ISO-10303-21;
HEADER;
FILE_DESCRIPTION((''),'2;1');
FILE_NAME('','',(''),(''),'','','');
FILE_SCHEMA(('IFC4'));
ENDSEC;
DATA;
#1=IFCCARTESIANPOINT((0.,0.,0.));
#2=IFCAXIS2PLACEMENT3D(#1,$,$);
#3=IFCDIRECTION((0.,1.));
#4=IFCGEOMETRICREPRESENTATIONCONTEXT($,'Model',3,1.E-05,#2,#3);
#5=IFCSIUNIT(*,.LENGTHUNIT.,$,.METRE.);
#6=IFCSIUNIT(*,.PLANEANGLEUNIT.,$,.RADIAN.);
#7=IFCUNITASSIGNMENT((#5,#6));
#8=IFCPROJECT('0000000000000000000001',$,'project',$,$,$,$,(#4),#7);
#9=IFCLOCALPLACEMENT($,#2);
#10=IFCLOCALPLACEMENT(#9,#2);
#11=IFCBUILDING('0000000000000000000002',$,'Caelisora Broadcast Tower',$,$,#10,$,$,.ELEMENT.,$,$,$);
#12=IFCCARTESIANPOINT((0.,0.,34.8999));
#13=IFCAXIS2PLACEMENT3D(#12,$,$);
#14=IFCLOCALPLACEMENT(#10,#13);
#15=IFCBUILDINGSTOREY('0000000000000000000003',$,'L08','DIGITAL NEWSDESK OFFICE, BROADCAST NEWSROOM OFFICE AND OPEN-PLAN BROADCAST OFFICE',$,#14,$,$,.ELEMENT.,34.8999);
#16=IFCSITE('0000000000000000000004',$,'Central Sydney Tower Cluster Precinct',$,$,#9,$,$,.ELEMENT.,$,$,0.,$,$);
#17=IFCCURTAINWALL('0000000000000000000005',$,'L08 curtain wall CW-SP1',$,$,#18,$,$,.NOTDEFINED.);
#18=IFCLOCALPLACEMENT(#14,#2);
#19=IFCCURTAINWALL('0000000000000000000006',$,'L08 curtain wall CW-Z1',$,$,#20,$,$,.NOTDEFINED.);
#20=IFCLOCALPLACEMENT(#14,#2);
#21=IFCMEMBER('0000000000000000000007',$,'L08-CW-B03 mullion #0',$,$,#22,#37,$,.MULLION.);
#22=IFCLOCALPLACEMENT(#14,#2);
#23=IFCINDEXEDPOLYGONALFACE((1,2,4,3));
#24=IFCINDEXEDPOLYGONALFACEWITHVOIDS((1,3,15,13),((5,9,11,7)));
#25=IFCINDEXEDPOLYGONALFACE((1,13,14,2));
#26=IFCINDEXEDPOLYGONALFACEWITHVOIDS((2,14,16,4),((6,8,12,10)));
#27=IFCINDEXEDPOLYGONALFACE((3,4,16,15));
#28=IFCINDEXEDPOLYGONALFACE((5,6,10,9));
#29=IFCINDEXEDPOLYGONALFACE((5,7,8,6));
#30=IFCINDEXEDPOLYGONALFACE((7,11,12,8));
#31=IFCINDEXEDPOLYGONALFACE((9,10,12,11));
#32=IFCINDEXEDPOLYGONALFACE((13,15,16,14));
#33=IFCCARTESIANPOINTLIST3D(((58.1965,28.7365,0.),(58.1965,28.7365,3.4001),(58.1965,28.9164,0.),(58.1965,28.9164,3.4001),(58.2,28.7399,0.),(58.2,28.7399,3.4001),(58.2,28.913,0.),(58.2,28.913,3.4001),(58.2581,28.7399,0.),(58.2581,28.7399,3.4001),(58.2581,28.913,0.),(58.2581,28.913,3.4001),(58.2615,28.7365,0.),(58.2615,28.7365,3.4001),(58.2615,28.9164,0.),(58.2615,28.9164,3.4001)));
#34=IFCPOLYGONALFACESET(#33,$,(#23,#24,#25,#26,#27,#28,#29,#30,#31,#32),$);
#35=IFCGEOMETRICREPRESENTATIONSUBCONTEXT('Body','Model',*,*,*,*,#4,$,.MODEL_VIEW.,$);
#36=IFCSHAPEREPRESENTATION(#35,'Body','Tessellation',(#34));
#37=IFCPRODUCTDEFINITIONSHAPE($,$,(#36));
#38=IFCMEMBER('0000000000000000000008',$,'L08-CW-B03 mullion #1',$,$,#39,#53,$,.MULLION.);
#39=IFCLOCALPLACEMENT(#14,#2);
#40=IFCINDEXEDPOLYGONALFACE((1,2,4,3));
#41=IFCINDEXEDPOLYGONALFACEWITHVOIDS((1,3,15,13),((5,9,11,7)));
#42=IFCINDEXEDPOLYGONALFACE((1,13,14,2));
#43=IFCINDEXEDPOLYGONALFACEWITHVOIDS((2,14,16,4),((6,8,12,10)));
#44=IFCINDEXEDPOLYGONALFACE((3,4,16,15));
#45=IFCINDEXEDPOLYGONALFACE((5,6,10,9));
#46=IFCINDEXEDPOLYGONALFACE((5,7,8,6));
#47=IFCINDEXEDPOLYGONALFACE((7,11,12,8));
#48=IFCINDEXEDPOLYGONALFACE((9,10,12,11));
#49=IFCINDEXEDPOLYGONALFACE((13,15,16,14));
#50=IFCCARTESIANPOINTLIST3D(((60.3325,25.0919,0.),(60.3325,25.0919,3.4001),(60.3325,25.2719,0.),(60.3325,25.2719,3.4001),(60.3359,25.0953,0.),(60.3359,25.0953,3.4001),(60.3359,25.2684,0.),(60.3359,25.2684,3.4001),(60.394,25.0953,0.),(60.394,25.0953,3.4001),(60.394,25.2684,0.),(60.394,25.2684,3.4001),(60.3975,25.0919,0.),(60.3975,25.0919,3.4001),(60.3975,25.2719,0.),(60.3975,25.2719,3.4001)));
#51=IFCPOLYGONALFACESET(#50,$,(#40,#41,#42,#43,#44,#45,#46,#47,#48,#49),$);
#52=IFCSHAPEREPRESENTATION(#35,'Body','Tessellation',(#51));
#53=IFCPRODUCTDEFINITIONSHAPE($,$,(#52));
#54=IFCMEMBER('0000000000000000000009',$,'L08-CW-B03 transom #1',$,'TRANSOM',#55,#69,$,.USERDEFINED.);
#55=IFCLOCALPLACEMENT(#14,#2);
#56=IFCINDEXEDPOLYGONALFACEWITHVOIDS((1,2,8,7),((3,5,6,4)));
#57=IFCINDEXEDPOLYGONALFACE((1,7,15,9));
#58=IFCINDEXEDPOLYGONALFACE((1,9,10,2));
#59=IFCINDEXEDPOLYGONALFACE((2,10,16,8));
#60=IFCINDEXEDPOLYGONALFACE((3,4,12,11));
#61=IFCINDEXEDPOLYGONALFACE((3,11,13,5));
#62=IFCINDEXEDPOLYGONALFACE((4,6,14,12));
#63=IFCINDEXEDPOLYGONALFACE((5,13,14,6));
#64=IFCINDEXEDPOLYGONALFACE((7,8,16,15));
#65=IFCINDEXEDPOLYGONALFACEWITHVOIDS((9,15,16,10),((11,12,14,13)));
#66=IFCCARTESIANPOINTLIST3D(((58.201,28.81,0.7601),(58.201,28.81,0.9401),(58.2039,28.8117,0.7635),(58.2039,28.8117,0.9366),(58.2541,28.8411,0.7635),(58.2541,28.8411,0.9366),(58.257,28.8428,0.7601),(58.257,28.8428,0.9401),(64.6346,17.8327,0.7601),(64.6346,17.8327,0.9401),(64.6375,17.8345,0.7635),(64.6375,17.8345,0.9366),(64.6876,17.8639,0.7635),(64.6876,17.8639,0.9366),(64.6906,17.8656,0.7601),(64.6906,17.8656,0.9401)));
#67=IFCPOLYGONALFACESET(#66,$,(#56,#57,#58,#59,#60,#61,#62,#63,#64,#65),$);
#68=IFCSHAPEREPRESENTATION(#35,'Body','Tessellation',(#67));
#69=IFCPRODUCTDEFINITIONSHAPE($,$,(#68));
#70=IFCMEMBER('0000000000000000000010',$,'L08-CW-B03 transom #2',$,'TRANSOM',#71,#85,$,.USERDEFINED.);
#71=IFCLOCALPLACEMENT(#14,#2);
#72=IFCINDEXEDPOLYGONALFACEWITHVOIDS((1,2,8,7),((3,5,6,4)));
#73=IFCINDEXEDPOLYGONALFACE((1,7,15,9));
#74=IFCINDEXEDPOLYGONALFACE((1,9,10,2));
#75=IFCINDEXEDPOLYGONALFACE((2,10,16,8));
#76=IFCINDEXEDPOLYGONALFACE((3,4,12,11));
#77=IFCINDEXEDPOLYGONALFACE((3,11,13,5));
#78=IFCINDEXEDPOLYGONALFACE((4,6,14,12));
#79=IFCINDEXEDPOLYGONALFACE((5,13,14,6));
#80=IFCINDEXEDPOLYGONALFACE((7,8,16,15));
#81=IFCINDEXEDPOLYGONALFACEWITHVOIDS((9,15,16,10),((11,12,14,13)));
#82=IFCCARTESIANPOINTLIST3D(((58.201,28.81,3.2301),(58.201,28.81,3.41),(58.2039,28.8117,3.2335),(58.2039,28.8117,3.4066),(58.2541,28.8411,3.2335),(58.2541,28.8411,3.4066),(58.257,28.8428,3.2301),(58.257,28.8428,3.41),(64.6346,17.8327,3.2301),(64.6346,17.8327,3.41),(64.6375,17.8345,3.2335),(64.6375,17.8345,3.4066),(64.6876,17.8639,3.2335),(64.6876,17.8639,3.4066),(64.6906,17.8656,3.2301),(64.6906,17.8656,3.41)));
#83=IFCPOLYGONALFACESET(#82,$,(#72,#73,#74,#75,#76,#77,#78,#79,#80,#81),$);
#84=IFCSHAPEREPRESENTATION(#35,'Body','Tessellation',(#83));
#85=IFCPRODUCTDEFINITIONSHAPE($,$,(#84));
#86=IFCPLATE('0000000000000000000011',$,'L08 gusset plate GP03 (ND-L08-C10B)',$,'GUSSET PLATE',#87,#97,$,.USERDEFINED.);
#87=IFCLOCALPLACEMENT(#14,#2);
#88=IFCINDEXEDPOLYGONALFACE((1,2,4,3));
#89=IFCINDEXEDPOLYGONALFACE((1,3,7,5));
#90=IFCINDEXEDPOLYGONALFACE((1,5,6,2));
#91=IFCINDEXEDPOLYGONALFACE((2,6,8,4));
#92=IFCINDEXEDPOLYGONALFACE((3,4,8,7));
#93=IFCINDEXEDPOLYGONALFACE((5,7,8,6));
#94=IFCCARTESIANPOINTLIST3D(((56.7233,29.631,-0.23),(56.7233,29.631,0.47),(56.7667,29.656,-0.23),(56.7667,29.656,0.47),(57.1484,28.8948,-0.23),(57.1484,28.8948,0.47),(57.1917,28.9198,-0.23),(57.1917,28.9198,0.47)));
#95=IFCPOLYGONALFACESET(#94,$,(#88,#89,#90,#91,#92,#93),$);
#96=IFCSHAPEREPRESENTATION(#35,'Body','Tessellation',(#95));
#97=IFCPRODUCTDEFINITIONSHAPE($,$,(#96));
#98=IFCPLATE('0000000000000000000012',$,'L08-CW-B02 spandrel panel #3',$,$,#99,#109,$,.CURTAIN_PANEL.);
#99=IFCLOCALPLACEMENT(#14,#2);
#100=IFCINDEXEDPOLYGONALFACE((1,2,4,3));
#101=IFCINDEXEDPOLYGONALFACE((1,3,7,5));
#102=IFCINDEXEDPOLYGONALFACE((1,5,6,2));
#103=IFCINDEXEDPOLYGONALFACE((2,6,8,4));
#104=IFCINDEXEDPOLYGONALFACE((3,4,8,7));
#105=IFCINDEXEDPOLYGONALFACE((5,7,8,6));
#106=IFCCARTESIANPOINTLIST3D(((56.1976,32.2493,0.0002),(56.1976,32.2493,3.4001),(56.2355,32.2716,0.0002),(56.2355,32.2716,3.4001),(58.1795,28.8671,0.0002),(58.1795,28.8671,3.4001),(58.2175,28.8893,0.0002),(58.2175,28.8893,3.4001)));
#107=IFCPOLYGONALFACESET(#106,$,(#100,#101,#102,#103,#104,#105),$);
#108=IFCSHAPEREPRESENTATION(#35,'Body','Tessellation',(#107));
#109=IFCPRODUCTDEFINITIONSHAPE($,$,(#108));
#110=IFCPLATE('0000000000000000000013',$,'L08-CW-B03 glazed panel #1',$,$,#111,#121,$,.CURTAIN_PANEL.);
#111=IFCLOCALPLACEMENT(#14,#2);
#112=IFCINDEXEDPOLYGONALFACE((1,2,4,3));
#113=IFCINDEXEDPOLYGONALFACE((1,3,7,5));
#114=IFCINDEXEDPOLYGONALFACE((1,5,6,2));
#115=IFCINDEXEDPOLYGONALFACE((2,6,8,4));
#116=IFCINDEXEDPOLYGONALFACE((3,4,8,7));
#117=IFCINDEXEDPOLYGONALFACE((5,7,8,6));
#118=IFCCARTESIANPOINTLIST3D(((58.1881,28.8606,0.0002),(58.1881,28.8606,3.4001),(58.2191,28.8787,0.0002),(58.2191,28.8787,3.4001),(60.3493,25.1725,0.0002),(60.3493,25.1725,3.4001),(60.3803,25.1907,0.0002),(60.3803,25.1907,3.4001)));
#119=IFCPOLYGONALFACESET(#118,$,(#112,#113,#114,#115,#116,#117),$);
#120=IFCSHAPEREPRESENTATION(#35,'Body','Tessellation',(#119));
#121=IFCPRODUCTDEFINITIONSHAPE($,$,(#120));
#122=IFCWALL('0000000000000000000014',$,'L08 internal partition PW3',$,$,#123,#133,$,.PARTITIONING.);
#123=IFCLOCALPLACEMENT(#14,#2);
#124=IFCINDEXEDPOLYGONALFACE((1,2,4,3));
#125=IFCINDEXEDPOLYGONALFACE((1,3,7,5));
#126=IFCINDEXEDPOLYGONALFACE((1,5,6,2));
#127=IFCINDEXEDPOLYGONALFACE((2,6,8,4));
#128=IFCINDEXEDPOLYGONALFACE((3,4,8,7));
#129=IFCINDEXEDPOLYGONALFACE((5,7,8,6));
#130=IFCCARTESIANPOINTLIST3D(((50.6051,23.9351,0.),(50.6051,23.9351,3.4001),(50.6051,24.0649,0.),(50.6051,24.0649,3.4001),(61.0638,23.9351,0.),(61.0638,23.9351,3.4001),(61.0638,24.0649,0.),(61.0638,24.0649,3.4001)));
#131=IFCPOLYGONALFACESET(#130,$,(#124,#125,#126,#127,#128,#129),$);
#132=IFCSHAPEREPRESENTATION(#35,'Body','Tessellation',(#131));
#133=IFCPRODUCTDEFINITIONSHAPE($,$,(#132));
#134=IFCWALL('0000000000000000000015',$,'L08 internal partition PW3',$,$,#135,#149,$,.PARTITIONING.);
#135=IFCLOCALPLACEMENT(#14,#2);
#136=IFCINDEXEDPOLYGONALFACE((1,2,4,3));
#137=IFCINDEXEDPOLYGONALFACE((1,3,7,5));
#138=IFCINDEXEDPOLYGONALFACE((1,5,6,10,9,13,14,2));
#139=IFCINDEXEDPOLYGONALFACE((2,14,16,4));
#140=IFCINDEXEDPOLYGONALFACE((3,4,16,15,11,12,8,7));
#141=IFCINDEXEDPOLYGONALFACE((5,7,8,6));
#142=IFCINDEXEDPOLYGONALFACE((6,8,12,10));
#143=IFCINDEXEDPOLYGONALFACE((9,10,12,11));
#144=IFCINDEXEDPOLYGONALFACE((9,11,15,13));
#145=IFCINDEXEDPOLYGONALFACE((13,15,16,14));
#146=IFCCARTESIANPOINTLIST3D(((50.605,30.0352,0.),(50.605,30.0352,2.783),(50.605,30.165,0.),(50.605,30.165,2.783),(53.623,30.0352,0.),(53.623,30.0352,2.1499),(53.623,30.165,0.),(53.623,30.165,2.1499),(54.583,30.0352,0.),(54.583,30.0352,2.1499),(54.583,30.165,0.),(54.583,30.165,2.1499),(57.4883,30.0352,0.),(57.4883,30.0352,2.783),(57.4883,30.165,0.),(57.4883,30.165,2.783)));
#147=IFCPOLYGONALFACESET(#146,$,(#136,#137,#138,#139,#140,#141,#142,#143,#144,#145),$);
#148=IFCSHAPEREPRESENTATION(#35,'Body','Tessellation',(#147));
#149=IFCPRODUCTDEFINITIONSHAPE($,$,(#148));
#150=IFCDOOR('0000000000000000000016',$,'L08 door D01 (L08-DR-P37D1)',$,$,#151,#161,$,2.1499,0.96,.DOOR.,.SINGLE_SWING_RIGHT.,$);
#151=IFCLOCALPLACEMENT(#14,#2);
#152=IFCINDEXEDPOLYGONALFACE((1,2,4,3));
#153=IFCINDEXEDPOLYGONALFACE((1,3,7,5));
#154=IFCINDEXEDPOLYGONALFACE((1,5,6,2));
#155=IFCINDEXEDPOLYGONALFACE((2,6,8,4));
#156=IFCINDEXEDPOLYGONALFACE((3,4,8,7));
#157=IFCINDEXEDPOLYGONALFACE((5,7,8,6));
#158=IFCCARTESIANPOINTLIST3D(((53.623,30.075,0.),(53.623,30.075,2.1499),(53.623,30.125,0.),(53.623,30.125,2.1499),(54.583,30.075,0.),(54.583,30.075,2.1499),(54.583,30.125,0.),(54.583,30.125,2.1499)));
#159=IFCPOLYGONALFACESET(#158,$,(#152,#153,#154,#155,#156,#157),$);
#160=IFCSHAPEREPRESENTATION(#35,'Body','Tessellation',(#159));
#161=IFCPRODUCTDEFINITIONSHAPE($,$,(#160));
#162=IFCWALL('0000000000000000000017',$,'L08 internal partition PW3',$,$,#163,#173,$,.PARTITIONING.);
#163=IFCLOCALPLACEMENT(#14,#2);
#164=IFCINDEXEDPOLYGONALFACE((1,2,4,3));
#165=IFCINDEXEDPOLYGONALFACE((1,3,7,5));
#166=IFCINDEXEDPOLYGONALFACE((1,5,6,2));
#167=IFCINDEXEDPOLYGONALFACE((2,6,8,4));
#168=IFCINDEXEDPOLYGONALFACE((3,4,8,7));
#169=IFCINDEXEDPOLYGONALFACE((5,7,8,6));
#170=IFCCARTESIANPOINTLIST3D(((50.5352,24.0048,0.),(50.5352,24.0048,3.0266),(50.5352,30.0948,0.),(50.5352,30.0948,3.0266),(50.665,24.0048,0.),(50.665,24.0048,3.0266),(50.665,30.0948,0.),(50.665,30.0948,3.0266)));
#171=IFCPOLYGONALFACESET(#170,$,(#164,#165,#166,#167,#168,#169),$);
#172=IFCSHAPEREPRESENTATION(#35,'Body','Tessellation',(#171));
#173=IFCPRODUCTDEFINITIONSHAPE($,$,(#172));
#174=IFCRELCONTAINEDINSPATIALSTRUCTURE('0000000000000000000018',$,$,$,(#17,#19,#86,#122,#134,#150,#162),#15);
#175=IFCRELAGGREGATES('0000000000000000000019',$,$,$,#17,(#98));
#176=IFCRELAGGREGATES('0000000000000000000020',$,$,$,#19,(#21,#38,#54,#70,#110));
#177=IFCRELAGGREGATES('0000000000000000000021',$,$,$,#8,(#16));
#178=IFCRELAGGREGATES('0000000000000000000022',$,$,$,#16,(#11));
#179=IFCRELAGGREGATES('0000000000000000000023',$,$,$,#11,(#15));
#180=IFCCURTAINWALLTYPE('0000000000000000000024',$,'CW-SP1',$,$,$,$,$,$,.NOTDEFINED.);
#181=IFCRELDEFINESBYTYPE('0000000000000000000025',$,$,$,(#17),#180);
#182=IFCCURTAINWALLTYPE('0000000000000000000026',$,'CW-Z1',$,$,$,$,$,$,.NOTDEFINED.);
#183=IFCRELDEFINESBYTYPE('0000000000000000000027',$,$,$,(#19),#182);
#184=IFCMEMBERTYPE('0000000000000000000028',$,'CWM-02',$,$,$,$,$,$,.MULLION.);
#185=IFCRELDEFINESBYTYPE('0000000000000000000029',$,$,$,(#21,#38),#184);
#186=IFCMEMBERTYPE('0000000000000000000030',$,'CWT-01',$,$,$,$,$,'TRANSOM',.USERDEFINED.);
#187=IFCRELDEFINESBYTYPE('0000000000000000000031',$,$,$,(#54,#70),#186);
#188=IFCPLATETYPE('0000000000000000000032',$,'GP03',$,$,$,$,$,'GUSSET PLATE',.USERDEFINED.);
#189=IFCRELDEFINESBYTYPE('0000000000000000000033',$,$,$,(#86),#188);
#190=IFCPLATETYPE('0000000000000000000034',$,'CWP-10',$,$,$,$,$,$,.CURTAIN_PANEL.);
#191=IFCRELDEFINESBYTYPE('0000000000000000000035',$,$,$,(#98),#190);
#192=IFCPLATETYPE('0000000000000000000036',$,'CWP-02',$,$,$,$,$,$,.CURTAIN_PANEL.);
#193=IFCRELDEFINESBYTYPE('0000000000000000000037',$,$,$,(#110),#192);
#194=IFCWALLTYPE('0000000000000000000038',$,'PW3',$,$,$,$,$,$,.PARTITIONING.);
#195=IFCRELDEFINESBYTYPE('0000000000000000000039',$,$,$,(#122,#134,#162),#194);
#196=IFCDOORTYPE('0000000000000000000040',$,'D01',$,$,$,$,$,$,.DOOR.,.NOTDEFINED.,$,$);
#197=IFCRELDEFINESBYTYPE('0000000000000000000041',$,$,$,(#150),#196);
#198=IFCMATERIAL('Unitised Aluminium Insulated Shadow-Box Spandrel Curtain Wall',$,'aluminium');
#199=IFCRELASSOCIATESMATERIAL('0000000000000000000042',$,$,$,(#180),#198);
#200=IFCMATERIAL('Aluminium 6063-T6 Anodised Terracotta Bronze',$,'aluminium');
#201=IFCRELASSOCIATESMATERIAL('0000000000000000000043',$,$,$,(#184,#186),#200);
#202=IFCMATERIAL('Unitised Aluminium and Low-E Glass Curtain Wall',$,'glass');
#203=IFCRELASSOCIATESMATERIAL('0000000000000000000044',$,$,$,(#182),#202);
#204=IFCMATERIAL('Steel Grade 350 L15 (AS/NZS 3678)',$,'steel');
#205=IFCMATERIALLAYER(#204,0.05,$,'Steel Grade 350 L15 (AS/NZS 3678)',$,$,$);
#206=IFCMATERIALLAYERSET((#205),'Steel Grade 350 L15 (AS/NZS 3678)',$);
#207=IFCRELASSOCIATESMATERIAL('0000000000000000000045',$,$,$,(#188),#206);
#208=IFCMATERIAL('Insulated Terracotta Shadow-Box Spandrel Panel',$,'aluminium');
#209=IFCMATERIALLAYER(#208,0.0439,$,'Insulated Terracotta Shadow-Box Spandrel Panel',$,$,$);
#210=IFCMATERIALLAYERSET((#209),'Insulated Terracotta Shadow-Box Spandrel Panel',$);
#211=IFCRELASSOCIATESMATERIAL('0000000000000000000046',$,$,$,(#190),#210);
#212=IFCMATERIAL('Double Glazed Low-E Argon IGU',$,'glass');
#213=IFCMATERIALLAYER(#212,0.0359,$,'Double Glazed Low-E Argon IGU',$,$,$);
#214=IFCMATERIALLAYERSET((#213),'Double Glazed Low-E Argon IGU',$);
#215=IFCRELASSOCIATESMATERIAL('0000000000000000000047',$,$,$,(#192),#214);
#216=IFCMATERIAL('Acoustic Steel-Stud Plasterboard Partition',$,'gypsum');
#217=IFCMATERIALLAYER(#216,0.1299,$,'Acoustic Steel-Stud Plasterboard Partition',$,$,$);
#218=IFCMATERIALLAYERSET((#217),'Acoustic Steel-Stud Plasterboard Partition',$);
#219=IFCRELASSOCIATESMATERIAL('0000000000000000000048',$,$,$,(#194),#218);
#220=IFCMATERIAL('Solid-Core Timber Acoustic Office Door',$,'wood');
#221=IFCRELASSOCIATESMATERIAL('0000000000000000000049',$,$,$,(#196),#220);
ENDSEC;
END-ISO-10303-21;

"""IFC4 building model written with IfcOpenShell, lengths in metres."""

from ifc_helpers import new_model, si_unit, direction, frame, frame_2d, origin, origin_2d, place, context, subcontext, project, spatial, rectangle, hollow_rectangle, extrude, source, transform, mapped, material, layer, layer_set, material_profile, profile_set, type_object, type_shapes, element, fill, aggregate, save


model = new_model("IFC4")

# Units and contexts
model_context = context("Model", 3, precision=1e-05, world=origin(), true_north=direction((0.0, 1.0)))
body_context = subcontext(model_context, "Body", "Model", "MODEL_VIEW")
ifc_project = project(units=[si_unit("LENGTHUNIT", "METRE"), si_unit("PLANEANGLEUNIT", "RADIAN")], contexts=[model_context])

# Site, building, storey
site_placement = place(None, origin())
site = spatial("IfcSite", under=ifc_project, at=site_placement, Name="Central Sydney Tower Cluster Precinct", CompositionType="ELEMENT", RefElevation=0.0)
building_placement = place(site_placement, origin())
building = spatial("IfcBuilding", under=site, at=building_placement, Name="Caelisora Broadcast Tower", CompositionType="ELEMENT")
storey_placement = place(building_placement, frame((0.0, 0.0, 34.8999)))
storey = spatial("IfcBuildingStorey", under=building, at=storey_placement, Name="L08", Description="DIGITAL NEWSDESK OFFICE, BROADCAST NEWSROOM OFFICE AND OPEN-PLAN BROADCAST OFFICE", CompositionType="ELEMENT", Elevation=34.8999)

# Shared definitions
ifc_material_1 = material(Name="Steel Grade 350 L15 (AS/NZS 3678)", Category="steel")

# Curtain wall
ifc_material_2 = material(Name="Unitised Aluminium Insulated Shadow-Box Spandrel Curtain Wall", Category="aluminium")
curtain_wall_type_1 = type_object("IfcCurtainWallType", Name="CW-SP1", PredefinedType="NOTDEFINED", material=ifc_material_2)
curtain_wall_1_placement = place(storey_placement, origin())
curtain_wall_1 = element("IfcCurtainWall", 1, at=curtain_wall_1_placement, inside=storey, type_object=curtain_wall_type_1, Name="L08 curtain wall CW-SP1", PredefinedType="NOTDEFINED")
ifc_material_3 = material(Name="Aluminium 6063-T6 Anodised Terracotta Bronze", Category="aluminium")
ifc_material_profile_1 = material_profile(ifc_material_3, hollow_rectangle(XDim=0.0649, YDim=0.1799, WallThickness=0.0034, at=origin_2d()), Name="Aluminium 6063-T6 Anodised Terracotta Bronze")
ifc_profile_set_1 = profile_set([ifc_material_profile_1], Name="Aluminium 6063-T6 Anodised Terracotta Bronze")
member_type_1 = type_object("IfcMemberType", Name="CWM-02", PredefinedType="MULLION", material=ifc_profile_set_1)
shared_shape_1 = source(origin(), body_context, "Body", "SweptSolid", [
    extrude(hollow_rectangle(XDim=0.0649, YDim=0.1799, WallThickness=0.0034, at=origin_2d()), origin(), (0.0, 0.0, 1.0), 3.4001),
])
type_shapes(member_type_1, [shared_shape_1])

# Curtain wall, members
ifc_material_4 = material(Name="Unitised Aluminium and Low-E Glass Curtain Wall", Category="glass")
curtain_wall_type_2 = type_object("IfcCurtainWallType", Name="CW-Z1", PredefinedType="NOTDEFINED", material=ifc_material_4)
curtain_wall_2_placement = place(storey_placement, origin())
curtain_wall_2 = element("IfcCurtainWall", 2, at=curtain_wall_2_placement, inside=storey, type_object=curtain_wall_type_2, Name="L08 curtain wall CW-Z1", PredefinedType="NOTDEFINED")
member_1_placement = place(storey_placement, frame((58.229, 28.8264, 0.0), z_axis=(0.0, 0.0, 1.0), x_axis=(1.0, 0.0, 0.0)))
member_1 = element("IfcMember", 3, at=member_1_placement, type_object=member_type_1, Name="L08-CW-B03 mullion #0", PredefinedType="MULLION", context=body_context, shape_type="MappedRepresentation", body=[
    mapped(shared_shape_1, transform((0.0, 0.0, 0.0), scale=1.0)),
])
member_2_placement = place(storey_placement, frame((60.365, 25.1819, 0.0), z_axis=(0.0, 0.0, 1.0), x_axis=(1.0, 0.0, 0.0)))
member_2 = element("IfcMember", 4, at=member_2_placement, type_object=member_type_1, Name="L08-CW-B03 mullion #1", PredefinedType="MULLION", context=body_context, shape_type="MappedRepresentation", body=[
    mapped(shared_shape_1, transform((0.0, 0.0, 0.0), scale=1.0)),
])
ifc_material_profile_2 = material_profile(ifc_material_3, hollow_rectangle(XDim=0.0649, YDim=0.1799, WallThickness=0.0034, at=origin_2d()), Name="Aluminium 6063-T6 Anodised Terracotta Bronze")
ifc_profile_set_2 = profile_set([ifc_material_profile_2], Name="Aluminium 6063-T6 Anodised Terracotta Bronze")
member_type_2 = type_object("IfcMemberType", Name="CWT-01", ElementType="TRANSOM", PredefinedType="USERDEFINED", material=ifc_profile_set_2)
shared_shape_2 = source(origin(), body_context, "Body", "SweptSolid", [
    extrude(hollow_rectangle(XDim=0.0649, YDim=0.1799, WallThickness=0.0034, at=origin_2d()), origin(), (0.0, 0.0, 1.0), 12.7236),
])
type_shapes(member_type_2, [shared_shape_2])
member_3_placement = place(storey_placement, frame((58.229, 28.8264, 0.8501), z_axis=(0.505639, -0.862745, 0.0), x_axis=(0.862745, 0.505639, 0.0)))
member_3 = element("IfcMember", 5, at=member_3_placement, type_object=member_type_2, Name="L08-CW-B03 transom #1", ObjectType="TRANSOM", PredefinedType="USERDEFINED", context=body_context, shape_type="MappedRepresentation", body=[
    mapped(shared_shape_2, transform((0.0, 0.0, 0.0), scale=1.0)),
])
member_4_placement = place(storey_placement, frame((58.229, 28.8264, 3.3201), z_axis=(0.505639, -0.862745, 0.0), x_axis=(0.862745, 0.505639, 0.0)))
member_4 = element("IfcMember", 6, at=member_4_placement, type_object=member_type_2, Name="L08-CW-B03 transom #2", ObjectType="TRANSOM", PredefinedType="USERDEFINED", context=body_context, shape_type="MappedRepresentation", body=[
    mapped(shared_shape_2, transform((0.0, 0.0, 0.0), scale=1.0)),
])

# Plates
ifc_layer_1 = layer(ifc_material_1, 0.05, Name="Steel Grade 350 L15 (AS/NZS 3678)")
ifc_layer_set_1 = layer_set([ifc_layer_1], Name="Steel Grade 350 L15 (AS/NZS 3678)")
plate_type_1 = type_object("IfcPlateType", Name="GP03", ElementType="GUSSET PLATE", PredefinedType="USERDEFINED", material=ifc_layer_set_1)
shared_shape_3 = source(origin(), body_context, "Body", "SweptSolid", [
    extrude(rectangle(XDim=0.8501, YDim=0.05, at=origin_2d()), origin(), (0.0, 0.0, 1.0), 0.7),
])
type_shapes(plate_type_1, [shared_shape_3])
plate_1_placement = place(storey_placement, frame((56.9575, 29.2754, -0.23), z_axis=(0.0, 0.0, 1.0), x_axis=(-0.5, 0.866025, 0.0)))
element("IfcPlate", 7, at=plate_1_placement, inside=storey, type_object=plate_type_1, Name="L08 gusset plate GP03 (ND-L08-C10B)", ObjectType="GUSSET PLATE", PredefinedType="USERDEFINED", context=body_context, shape_type="MappedRepresentation", body=[
    mapped(shared_shape_3, transform((0.0, 0.0, 0.0), scale=1.0)),
])
ifc_material_5 = material(Name="Insulated Terracotta Shadow-Box Spandrel Panel", Category="aluminium")
ifc_layer_2 = layer(ifc_material_5, 0.0439, Name="Insulated Terracotta Shadow-Box Spandrel Panel")
ifc_layer_set_2 = layer_set([ifc_layer_2], Name="Insulated Terracotta Shadow-Box Spandrel Panel")
plate_type_2 = type_object("IfcPlateType", Name="CWP-10", PredefinedType="CURTAIN_PANEL", material=ifc_layer_set_2)
shared_shape_4 = source(origin(), body_context, "Body", "SweptSolid", [
    extrude(rectangle(XDim=3.9202, YDim=0.0439, at=origin_2d()), origin(), (0.0, 0.0, 1.0), 3.3999),
])
type_shapes(plate_type_2, [shared_shape_4])
plate_2_placement = place(storey_placement, frame((57.2075, 30.5693, 0.0002), z_axis=(0.0, 0.0, 1.0), x_axis=(0.505582, -0.862779, 0.0)))
plate_2 = element("IfcPlate", 8, at=plate_2_placement, type_object=plate_type_2, Name="L08-CW-B02 spandrel panel #3", PredefinedType="CURTAIN_PANEL", context=body_context, shape_type="MappedRepresentation", body=[
    mapped(shared_shape_4, transform((0.0, 0.0, 0.0), scale=1.0)),
])
aggregate(curtain_wall_1, [plate_2])
ifc_material_6 = material(Name="Double Glazed Low-E Argon IGU", Category="glass")
ifc_layer_3 = layer(ifc_material_6, 0.0359, Name="Double Glazed Low-E Argon IGU")
ifc_layer_set_3 = layer_set([ifc_layer_3], Name="Double Glazed Low-E Argon IGU")
plate_type_3 = type_object("IfcPlateType", Name="CWP-02", PredefinedType="CURTAIN_PANEL", material=ifc_layer_set_3)
shared_shape_5 = source(origin(), body_context, "Body", "SweptSolid", [
    extrude(rectangle(XDim=4.2747, YDim=0.0359, at=origin_2d()), origin(), (0.0, 0.0, 1.0), 3.3999),
])
type_shapes(plate_type_3, [shared_shape_5])
plate_3_placement = place(storey_placement, frame((59.2842, 27.0256, 0.0002), z_axis=(0.0, 0.0, 1.0), x_axis=(0.505582, -0.862779, 0.0)))
plate_3 = element("IfcPlate", 9, at=plate_3_placement, type_object=plate_type_3, Name="L08-CW-B03 glazed panel #1", PredefinedType="CURTAIN_PANEL", context=body_context, shape_type="MappedRepresentation", body=[
    mapped(shared_shape_5, transform((0.0, 0.0, 0.0), scale=1.0)),
])
aggregate(curtain_wall_2, [member_1, member_2, member_3, member_4, plate_3])

# Wall
ifc_material_7 = material(Name="Acoustic Steel-Stud Plasterboard Partition", Category="gypsum")
ifc_layer_4 = layer(ifc_material_7, 0.1299, Name="Acoustic Steel-Stud Plasterboard Partition")
ifc_layer_set_4 = layer_set([ifc_layer_4], Name="Acoustic Steel-Stud Plasterboard Partition")
wall_type = type_object("IfcWallType", Name="PW3", PredefinedType="PARTITIONING", material=ifc_layer_set_4)
wall_1_placement = place(storey_placement, frame((50.605, 24.0, 0.0), z_axis=(0.0, 0.0, 1.0), x_axis=(1.0, 0.0, 0.0)))
element("IfcWall", 10, at=wall_1_placement, inside=storey, type_object=wall_type, Name="L08 internal partition PW3", PredefinedType="PARTITIONING", context=body_context, shape_type="SweptSolid", body=[
    extrude(rectangle(XDim=10.4587, YDim=0.1299, at=frame_2d((5.2295, 0.0))), origin(), (0.0, 0.0, 1.0), 3.4001),
])

# Wall, opening, door
wall_2_placement = place(storey_placement, frame((50.605, 30.1001, 0.0), z_axis=(0.0, 0.0, 1.0), x_axis=(1.0, 0.0, 0.0)))
wall_2 = element("IfcWall", 11, at=wall_2_placement, inside=storey, type_object=wall_type, Name="L08 internal partition PW3", PredefinedType="PARTITIONING", context=body_context, shape_type="SweptSolid", body=[
    extrude(rectangle(XDim=6.8833, YDim=0.1299, at=frame_2d((3.4417, 0.0))), origin(), (0.0, 0.0, 1.0), 2.783),
])
opening_placement = place(wall_2_placement, frame((3.0181, 0.0, 0.0)))
opening = element("IfcOpeningElement", 12, at=opening_placement, cuts=wall_2, PredefinedType="OPENING", context=body_context, shape_type="SweptSolid", body=[
    extrude(rectangle(XDim=0.96, YDim=2.1499, at=frame_2d((0.48, 1.075))), frame((0.0, 0.0769, 0.0), z_axis=(0.0, -1.0, 0.0), x_axis=(1.0, 0.0, 0.0)), (0.0, 0.0, 1.0), 0.1538),
])
ifc_material_8 = material(Name="Solid-Core Timber Acoustic Office Door", Category="wood")
door_type = type_object("IfcDoorType", Name="D01", OperationType="NOTDEFINED", PredefinedType="DOOR", material=ifc_material_8)
door_placement = place(opening_placement, origin())
door = element("IfcDoor", 13, at=door_placement, inside=storey, type_object=door_type, Name="L08 door D01 (L08-DR-P37D1)", OperationType="SINGLE_SWING_RIGHT", OverallHeight=2.1499, OverallWidth=0.96, PredefinedType="DOOR", context=body_context, shape_type="SweptSolid", body=[
    extrude(rectangle(XDim=0.96, YDim=2.1499, at=frame_2d((0.48, 1.075))), frame((0.0, 0.0249, 0.0), z_axis=(0.0, -1.0, 0.0), x_axis=(1.0, 0.0, 0.0)), (0.0, 0.0, 1.0), 0.05),
])
fill(opening, door)

# Wall
wall_3_placement = place(storey_placement, frame((50.6001, 24.0049, 0.0), z_axis=(0.0, 0.0, 1.0), x_axis=(0.0, 1.0, 0.0)))
element("IfcWall", 14, at=wall_3_placement, inside=storey, type_object=wall_type, Name="L08 internal partition PW3", PredefinedType="PARTITIONING", context=body_context, shape_type="SweptSolid", body=[
    extrude(rectangle(XDim=6.0901, YDim=0.1299, at=frame_2d((3.0449, 0.0))), origin(), (0.0, 0.0, 1.0), 3.0266),
])

save(model, "model.ifc")
